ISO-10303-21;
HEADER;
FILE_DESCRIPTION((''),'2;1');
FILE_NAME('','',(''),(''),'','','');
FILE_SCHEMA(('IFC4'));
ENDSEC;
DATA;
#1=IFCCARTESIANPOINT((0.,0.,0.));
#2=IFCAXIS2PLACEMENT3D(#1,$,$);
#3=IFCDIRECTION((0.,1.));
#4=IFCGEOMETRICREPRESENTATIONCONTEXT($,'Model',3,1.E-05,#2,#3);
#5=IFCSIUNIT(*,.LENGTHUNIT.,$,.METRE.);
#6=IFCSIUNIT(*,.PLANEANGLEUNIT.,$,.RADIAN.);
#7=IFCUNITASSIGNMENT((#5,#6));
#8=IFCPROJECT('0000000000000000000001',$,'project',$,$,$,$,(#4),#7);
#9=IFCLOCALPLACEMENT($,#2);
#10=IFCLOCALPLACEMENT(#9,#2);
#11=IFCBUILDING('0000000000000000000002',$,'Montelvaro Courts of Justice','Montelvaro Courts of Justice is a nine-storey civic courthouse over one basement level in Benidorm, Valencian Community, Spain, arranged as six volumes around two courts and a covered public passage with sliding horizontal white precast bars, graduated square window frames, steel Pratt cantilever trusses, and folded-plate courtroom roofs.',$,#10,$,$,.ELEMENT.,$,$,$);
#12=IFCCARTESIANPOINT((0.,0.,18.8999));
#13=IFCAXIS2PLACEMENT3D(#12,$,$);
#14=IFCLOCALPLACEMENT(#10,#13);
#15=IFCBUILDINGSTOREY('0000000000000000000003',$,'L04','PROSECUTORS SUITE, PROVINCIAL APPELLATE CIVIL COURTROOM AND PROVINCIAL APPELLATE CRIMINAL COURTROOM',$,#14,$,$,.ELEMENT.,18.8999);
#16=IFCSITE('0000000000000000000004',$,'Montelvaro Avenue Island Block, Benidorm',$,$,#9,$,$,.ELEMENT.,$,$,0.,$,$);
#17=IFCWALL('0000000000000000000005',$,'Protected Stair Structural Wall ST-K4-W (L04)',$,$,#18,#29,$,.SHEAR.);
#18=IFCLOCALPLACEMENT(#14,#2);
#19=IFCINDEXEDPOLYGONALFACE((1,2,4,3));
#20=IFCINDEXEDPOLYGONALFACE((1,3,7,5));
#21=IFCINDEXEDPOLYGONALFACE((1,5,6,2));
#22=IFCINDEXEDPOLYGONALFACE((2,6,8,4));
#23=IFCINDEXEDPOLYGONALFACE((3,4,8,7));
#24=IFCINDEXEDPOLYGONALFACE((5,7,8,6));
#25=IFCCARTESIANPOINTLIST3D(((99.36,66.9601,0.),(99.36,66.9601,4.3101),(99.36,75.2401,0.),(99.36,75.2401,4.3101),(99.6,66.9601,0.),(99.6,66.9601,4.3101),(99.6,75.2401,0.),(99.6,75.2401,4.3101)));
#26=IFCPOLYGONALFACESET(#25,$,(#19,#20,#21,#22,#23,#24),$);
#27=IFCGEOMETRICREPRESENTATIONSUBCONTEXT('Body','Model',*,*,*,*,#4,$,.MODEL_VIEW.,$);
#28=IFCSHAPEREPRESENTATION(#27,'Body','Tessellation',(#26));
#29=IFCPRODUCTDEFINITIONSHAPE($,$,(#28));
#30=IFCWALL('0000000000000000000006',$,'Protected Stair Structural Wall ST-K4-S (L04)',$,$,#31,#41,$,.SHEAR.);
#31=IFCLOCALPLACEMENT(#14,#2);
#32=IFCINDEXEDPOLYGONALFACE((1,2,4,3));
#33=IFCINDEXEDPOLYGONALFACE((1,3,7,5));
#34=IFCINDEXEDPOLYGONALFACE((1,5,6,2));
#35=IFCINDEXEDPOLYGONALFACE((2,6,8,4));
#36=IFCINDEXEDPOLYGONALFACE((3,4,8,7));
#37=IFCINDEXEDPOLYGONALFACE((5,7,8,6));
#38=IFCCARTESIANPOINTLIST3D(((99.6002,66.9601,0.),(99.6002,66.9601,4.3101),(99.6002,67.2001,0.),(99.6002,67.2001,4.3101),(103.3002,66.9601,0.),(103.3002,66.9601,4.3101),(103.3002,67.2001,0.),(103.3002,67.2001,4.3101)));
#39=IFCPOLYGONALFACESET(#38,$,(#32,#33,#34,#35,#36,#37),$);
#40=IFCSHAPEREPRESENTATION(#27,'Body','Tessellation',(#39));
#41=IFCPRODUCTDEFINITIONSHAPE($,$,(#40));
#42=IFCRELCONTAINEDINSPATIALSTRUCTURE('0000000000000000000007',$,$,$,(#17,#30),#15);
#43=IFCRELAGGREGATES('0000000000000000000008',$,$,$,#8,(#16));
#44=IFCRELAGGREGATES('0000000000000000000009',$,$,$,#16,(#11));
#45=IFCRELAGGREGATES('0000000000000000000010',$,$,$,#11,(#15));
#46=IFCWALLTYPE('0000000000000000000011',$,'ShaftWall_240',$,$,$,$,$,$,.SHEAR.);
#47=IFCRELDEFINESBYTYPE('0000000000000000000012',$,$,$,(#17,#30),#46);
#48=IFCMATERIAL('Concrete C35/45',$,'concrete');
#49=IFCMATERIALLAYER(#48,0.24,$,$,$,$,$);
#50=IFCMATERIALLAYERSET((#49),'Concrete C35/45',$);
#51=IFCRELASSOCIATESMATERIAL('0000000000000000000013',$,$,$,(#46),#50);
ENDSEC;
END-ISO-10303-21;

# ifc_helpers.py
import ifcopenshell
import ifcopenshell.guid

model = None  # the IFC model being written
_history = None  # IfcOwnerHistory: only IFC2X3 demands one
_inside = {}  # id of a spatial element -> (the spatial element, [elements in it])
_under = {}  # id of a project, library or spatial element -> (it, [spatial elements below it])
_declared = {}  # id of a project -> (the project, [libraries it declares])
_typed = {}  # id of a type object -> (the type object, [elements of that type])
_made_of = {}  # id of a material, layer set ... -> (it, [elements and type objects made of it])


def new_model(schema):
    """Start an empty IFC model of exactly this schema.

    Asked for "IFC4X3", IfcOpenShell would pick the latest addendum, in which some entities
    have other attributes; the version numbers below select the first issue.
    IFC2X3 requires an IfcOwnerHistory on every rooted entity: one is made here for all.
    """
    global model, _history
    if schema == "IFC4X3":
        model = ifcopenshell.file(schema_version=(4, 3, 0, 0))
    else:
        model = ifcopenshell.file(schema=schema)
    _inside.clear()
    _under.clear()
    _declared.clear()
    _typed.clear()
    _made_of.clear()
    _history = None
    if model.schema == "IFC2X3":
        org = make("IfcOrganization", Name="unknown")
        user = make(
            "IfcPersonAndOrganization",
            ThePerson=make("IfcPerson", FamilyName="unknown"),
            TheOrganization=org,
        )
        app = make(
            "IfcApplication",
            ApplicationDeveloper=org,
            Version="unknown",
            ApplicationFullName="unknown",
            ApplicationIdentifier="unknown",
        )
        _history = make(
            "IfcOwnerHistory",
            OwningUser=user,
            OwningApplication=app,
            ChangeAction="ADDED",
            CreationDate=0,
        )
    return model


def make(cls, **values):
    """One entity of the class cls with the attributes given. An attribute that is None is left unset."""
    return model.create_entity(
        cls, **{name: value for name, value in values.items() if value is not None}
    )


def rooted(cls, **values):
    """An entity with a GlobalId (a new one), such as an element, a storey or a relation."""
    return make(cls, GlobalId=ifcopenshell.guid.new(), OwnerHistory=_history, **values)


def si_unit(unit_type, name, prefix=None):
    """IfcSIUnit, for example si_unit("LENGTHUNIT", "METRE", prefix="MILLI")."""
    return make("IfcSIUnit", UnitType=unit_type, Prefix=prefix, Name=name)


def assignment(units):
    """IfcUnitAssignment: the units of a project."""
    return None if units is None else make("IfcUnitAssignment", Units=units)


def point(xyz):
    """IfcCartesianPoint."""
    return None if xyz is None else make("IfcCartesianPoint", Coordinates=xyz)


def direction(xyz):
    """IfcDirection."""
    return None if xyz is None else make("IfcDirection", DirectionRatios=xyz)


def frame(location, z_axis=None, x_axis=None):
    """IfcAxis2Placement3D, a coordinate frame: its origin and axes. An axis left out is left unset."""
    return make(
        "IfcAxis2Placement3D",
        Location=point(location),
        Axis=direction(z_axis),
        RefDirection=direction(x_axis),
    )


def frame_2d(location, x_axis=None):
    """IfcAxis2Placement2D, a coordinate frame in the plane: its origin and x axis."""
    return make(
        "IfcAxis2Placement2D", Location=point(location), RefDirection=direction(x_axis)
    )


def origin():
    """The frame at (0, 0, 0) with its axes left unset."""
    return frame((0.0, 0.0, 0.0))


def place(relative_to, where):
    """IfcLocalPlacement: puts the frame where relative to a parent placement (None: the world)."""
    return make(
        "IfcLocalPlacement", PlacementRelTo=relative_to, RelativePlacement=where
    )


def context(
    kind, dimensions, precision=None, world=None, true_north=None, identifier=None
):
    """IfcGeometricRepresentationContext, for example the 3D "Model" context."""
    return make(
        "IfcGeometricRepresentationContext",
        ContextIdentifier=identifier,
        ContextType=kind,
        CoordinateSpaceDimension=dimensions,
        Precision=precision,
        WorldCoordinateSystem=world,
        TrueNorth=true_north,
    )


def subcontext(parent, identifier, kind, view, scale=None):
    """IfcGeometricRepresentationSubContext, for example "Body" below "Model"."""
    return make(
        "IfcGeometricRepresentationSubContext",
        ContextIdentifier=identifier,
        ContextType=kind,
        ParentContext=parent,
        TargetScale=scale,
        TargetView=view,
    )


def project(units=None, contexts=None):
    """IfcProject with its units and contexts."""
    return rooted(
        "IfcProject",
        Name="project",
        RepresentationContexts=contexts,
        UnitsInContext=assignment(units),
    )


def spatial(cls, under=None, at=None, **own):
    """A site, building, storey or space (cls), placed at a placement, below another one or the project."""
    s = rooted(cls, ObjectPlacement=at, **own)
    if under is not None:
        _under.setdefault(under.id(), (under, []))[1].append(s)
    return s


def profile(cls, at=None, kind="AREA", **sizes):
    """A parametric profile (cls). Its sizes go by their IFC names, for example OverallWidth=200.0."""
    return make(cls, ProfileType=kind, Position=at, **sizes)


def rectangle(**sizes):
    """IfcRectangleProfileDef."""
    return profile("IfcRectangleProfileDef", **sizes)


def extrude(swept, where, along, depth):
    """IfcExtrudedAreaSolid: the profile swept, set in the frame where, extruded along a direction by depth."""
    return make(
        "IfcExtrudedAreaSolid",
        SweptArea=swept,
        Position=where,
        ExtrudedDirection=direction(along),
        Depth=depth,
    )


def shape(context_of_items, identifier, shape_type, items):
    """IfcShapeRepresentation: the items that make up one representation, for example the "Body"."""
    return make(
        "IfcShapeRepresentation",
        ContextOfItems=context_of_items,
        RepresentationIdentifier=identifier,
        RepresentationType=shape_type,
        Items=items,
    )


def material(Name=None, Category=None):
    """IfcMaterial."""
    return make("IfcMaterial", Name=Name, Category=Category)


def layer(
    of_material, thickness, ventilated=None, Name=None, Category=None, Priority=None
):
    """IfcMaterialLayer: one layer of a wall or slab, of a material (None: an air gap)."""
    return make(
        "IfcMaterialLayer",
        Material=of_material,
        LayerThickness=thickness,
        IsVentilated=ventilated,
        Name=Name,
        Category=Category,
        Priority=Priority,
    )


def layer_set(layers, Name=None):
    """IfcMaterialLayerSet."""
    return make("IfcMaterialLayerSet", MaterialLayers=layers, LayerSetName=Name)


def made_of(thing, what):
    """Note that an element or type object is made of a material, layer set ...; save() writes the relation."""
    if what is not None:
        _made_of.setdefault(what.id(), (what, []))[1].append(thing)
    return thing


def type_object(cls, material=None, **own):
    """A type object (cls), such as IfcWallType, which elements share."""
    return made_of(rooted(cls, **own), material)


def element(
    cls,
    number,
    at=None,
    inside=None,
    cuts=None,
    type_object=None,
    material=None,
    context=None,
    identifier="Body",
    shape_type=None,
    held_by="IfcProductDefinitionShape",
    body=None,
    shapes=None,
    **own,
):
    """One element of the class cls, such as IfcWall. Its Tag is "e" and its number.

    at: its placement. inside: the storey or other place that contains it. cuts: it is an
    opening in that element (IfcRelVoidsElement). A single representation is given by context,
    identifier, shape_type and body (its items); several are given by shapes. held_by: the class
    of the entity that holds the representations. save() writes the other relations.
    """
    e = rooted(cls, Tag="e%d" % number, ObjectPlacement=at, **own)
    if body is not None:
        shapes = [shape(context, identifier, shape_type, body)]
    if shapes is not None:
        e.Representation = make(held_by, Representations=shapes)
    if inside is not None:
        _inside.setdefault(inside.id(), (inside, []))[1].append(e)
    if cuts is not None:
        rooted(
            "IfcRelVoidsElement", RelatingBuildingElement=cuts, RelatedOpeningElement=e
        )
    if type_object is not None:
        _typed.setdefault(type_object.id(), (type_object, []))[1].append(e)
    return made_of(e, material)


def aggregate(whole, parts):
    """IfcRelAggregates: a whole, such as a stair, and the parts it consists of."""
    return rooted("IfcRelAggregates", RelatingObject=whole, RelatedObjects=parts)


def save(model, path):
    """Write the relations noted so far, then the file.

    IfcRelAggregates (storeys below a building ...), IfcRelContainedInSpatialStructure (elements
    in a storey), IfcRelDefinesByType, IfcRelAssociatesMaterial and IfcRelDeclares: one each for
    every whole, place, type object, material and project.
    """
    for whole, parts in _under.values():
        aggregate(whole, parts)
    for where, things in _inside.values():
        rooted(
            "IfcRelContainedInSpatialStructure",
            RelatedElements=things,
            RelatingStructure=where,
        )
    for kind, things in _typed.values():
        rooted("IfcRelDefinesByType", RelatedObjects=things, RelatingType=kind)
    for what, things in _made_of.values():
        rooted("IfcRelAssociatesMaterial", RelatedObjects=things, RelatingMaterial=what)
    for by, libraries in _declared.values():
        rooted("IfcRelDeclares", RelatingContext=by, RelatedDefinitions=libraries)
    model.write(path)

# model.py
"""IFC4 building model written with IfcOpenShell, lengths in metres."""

from ifc_helpers import new_model, si_unit, direction, frame, frame_2d, origin, place, context, subcontext, project, spatial, rectangle, extrude, material, layer, layer_set, type_object, element, save


model = new_model("IFC4")

# Units and contexts
model_context = context("Model", 3, precision=1e-05, world=origin(), true_north=direction((0.0, 1.0)))
body_context = subcontext(model_context, "Body", "Model", "MODEL_VIEW")
ifc_project = project(units=[si_unit("LENGTHUNIT", "METRE"), si_unit("PLANEANGLEUNIT", "RADIAN")], contexts=[model_context])

# Site, building, storey
site_placement = place(None, origin())
site = spatial("IfcSite", under=ifc_project, at=site_placement, Name="Montelvaro Avenue Island Block, Benidorm", CompositionType="ELEMENT", RefElevation=0.0)
building_placement = place(site_placement, origin())
building = spatial("IfcBuilding", under=site, at=building_placement, Name="Montelvaro Courts of Justice", Description="Montelvaro Courts of Justice is a nine-storey civic courthouse over one basement level in Benidorm, Valencian Community, Spain, arranged as six volumes around two courts and a covered public passage with sliding horizontal white precast bars, graduated square window frames, steel Pratt cantilever trusses, and folded-plate courtroom roofs.", CompositionType="ELEMENT")
storey_placement = place(building_placement, frame((0.0, 0.0, 18.8999)))
storey = spatial("IfcBuildingStorey", under=building, at=storey_placement, Name="L04", Description="PROSECUTORS SUITE, PROVINCIAL APPELLATE CIVIL COURTROOM AND PROVINCIAL APPELLATE CRIMINAL COURTROOM", CompositionType="ELEMENT", Elevation=18.8999)

# Walls
ifc_material_1 = material(Name="Concrete C35/45", Category="concrete")
ifc_layer_1 = layer(ifc_material_1, 0.24)
ifc_layer_set_1 = layer_set([ifc_layer_1], Name="Concrete C35/45")
wall_type = type_object("IfcWallType", Name="ShaftWall_240", PredefinedType="SHEAR", material=ifc_layer_set_1)
wall_1_placement = place(storey_placement, frame((99.48, 66.96, 0.0), z_axis=(0.0, 0.0, 1.0), x_axis=(0.0, 1.0, 0.0)))
element("IfcWall", 1, at=wall_1_placement, inside=storey, type_object=wall_type, Name="Protected Stair Structural Wall ST-K4-W (L04)", PredefinedType="SHEAR", context=body_context, shape_type="SweptSolid", body=[
    extrude(rectangle(XDim=8.28, YDim=0.24, at=frame_2d((4.1401, 0.0))), origin(), (0.0, 0.0, 1.0), 4.3101),
])
wall_2_placement = place(storey_placement, frame((99.6001, 67.0801, 0.0), z_axis=(0.0, 0.0, 1.0), x_axis=(1.0, 0.0, 0.0)))
element("IfcWall", 2, at=wall_2_placement, inside=storey, type_object=wall_type, Name="Protected Stair Structural Wall ST-K4-S (L04)", PredefinedType="SHEAR", context=body_context, shape_type="SweptSolid", body=[
    extrude(rectangle(XDim=3.7, YDim=0.24, at=frame_2d((1.8501, 0.0))), origin(), (0.0, 0.0, 1.0), 4.3101),
])

save(model, "model.ifc")
